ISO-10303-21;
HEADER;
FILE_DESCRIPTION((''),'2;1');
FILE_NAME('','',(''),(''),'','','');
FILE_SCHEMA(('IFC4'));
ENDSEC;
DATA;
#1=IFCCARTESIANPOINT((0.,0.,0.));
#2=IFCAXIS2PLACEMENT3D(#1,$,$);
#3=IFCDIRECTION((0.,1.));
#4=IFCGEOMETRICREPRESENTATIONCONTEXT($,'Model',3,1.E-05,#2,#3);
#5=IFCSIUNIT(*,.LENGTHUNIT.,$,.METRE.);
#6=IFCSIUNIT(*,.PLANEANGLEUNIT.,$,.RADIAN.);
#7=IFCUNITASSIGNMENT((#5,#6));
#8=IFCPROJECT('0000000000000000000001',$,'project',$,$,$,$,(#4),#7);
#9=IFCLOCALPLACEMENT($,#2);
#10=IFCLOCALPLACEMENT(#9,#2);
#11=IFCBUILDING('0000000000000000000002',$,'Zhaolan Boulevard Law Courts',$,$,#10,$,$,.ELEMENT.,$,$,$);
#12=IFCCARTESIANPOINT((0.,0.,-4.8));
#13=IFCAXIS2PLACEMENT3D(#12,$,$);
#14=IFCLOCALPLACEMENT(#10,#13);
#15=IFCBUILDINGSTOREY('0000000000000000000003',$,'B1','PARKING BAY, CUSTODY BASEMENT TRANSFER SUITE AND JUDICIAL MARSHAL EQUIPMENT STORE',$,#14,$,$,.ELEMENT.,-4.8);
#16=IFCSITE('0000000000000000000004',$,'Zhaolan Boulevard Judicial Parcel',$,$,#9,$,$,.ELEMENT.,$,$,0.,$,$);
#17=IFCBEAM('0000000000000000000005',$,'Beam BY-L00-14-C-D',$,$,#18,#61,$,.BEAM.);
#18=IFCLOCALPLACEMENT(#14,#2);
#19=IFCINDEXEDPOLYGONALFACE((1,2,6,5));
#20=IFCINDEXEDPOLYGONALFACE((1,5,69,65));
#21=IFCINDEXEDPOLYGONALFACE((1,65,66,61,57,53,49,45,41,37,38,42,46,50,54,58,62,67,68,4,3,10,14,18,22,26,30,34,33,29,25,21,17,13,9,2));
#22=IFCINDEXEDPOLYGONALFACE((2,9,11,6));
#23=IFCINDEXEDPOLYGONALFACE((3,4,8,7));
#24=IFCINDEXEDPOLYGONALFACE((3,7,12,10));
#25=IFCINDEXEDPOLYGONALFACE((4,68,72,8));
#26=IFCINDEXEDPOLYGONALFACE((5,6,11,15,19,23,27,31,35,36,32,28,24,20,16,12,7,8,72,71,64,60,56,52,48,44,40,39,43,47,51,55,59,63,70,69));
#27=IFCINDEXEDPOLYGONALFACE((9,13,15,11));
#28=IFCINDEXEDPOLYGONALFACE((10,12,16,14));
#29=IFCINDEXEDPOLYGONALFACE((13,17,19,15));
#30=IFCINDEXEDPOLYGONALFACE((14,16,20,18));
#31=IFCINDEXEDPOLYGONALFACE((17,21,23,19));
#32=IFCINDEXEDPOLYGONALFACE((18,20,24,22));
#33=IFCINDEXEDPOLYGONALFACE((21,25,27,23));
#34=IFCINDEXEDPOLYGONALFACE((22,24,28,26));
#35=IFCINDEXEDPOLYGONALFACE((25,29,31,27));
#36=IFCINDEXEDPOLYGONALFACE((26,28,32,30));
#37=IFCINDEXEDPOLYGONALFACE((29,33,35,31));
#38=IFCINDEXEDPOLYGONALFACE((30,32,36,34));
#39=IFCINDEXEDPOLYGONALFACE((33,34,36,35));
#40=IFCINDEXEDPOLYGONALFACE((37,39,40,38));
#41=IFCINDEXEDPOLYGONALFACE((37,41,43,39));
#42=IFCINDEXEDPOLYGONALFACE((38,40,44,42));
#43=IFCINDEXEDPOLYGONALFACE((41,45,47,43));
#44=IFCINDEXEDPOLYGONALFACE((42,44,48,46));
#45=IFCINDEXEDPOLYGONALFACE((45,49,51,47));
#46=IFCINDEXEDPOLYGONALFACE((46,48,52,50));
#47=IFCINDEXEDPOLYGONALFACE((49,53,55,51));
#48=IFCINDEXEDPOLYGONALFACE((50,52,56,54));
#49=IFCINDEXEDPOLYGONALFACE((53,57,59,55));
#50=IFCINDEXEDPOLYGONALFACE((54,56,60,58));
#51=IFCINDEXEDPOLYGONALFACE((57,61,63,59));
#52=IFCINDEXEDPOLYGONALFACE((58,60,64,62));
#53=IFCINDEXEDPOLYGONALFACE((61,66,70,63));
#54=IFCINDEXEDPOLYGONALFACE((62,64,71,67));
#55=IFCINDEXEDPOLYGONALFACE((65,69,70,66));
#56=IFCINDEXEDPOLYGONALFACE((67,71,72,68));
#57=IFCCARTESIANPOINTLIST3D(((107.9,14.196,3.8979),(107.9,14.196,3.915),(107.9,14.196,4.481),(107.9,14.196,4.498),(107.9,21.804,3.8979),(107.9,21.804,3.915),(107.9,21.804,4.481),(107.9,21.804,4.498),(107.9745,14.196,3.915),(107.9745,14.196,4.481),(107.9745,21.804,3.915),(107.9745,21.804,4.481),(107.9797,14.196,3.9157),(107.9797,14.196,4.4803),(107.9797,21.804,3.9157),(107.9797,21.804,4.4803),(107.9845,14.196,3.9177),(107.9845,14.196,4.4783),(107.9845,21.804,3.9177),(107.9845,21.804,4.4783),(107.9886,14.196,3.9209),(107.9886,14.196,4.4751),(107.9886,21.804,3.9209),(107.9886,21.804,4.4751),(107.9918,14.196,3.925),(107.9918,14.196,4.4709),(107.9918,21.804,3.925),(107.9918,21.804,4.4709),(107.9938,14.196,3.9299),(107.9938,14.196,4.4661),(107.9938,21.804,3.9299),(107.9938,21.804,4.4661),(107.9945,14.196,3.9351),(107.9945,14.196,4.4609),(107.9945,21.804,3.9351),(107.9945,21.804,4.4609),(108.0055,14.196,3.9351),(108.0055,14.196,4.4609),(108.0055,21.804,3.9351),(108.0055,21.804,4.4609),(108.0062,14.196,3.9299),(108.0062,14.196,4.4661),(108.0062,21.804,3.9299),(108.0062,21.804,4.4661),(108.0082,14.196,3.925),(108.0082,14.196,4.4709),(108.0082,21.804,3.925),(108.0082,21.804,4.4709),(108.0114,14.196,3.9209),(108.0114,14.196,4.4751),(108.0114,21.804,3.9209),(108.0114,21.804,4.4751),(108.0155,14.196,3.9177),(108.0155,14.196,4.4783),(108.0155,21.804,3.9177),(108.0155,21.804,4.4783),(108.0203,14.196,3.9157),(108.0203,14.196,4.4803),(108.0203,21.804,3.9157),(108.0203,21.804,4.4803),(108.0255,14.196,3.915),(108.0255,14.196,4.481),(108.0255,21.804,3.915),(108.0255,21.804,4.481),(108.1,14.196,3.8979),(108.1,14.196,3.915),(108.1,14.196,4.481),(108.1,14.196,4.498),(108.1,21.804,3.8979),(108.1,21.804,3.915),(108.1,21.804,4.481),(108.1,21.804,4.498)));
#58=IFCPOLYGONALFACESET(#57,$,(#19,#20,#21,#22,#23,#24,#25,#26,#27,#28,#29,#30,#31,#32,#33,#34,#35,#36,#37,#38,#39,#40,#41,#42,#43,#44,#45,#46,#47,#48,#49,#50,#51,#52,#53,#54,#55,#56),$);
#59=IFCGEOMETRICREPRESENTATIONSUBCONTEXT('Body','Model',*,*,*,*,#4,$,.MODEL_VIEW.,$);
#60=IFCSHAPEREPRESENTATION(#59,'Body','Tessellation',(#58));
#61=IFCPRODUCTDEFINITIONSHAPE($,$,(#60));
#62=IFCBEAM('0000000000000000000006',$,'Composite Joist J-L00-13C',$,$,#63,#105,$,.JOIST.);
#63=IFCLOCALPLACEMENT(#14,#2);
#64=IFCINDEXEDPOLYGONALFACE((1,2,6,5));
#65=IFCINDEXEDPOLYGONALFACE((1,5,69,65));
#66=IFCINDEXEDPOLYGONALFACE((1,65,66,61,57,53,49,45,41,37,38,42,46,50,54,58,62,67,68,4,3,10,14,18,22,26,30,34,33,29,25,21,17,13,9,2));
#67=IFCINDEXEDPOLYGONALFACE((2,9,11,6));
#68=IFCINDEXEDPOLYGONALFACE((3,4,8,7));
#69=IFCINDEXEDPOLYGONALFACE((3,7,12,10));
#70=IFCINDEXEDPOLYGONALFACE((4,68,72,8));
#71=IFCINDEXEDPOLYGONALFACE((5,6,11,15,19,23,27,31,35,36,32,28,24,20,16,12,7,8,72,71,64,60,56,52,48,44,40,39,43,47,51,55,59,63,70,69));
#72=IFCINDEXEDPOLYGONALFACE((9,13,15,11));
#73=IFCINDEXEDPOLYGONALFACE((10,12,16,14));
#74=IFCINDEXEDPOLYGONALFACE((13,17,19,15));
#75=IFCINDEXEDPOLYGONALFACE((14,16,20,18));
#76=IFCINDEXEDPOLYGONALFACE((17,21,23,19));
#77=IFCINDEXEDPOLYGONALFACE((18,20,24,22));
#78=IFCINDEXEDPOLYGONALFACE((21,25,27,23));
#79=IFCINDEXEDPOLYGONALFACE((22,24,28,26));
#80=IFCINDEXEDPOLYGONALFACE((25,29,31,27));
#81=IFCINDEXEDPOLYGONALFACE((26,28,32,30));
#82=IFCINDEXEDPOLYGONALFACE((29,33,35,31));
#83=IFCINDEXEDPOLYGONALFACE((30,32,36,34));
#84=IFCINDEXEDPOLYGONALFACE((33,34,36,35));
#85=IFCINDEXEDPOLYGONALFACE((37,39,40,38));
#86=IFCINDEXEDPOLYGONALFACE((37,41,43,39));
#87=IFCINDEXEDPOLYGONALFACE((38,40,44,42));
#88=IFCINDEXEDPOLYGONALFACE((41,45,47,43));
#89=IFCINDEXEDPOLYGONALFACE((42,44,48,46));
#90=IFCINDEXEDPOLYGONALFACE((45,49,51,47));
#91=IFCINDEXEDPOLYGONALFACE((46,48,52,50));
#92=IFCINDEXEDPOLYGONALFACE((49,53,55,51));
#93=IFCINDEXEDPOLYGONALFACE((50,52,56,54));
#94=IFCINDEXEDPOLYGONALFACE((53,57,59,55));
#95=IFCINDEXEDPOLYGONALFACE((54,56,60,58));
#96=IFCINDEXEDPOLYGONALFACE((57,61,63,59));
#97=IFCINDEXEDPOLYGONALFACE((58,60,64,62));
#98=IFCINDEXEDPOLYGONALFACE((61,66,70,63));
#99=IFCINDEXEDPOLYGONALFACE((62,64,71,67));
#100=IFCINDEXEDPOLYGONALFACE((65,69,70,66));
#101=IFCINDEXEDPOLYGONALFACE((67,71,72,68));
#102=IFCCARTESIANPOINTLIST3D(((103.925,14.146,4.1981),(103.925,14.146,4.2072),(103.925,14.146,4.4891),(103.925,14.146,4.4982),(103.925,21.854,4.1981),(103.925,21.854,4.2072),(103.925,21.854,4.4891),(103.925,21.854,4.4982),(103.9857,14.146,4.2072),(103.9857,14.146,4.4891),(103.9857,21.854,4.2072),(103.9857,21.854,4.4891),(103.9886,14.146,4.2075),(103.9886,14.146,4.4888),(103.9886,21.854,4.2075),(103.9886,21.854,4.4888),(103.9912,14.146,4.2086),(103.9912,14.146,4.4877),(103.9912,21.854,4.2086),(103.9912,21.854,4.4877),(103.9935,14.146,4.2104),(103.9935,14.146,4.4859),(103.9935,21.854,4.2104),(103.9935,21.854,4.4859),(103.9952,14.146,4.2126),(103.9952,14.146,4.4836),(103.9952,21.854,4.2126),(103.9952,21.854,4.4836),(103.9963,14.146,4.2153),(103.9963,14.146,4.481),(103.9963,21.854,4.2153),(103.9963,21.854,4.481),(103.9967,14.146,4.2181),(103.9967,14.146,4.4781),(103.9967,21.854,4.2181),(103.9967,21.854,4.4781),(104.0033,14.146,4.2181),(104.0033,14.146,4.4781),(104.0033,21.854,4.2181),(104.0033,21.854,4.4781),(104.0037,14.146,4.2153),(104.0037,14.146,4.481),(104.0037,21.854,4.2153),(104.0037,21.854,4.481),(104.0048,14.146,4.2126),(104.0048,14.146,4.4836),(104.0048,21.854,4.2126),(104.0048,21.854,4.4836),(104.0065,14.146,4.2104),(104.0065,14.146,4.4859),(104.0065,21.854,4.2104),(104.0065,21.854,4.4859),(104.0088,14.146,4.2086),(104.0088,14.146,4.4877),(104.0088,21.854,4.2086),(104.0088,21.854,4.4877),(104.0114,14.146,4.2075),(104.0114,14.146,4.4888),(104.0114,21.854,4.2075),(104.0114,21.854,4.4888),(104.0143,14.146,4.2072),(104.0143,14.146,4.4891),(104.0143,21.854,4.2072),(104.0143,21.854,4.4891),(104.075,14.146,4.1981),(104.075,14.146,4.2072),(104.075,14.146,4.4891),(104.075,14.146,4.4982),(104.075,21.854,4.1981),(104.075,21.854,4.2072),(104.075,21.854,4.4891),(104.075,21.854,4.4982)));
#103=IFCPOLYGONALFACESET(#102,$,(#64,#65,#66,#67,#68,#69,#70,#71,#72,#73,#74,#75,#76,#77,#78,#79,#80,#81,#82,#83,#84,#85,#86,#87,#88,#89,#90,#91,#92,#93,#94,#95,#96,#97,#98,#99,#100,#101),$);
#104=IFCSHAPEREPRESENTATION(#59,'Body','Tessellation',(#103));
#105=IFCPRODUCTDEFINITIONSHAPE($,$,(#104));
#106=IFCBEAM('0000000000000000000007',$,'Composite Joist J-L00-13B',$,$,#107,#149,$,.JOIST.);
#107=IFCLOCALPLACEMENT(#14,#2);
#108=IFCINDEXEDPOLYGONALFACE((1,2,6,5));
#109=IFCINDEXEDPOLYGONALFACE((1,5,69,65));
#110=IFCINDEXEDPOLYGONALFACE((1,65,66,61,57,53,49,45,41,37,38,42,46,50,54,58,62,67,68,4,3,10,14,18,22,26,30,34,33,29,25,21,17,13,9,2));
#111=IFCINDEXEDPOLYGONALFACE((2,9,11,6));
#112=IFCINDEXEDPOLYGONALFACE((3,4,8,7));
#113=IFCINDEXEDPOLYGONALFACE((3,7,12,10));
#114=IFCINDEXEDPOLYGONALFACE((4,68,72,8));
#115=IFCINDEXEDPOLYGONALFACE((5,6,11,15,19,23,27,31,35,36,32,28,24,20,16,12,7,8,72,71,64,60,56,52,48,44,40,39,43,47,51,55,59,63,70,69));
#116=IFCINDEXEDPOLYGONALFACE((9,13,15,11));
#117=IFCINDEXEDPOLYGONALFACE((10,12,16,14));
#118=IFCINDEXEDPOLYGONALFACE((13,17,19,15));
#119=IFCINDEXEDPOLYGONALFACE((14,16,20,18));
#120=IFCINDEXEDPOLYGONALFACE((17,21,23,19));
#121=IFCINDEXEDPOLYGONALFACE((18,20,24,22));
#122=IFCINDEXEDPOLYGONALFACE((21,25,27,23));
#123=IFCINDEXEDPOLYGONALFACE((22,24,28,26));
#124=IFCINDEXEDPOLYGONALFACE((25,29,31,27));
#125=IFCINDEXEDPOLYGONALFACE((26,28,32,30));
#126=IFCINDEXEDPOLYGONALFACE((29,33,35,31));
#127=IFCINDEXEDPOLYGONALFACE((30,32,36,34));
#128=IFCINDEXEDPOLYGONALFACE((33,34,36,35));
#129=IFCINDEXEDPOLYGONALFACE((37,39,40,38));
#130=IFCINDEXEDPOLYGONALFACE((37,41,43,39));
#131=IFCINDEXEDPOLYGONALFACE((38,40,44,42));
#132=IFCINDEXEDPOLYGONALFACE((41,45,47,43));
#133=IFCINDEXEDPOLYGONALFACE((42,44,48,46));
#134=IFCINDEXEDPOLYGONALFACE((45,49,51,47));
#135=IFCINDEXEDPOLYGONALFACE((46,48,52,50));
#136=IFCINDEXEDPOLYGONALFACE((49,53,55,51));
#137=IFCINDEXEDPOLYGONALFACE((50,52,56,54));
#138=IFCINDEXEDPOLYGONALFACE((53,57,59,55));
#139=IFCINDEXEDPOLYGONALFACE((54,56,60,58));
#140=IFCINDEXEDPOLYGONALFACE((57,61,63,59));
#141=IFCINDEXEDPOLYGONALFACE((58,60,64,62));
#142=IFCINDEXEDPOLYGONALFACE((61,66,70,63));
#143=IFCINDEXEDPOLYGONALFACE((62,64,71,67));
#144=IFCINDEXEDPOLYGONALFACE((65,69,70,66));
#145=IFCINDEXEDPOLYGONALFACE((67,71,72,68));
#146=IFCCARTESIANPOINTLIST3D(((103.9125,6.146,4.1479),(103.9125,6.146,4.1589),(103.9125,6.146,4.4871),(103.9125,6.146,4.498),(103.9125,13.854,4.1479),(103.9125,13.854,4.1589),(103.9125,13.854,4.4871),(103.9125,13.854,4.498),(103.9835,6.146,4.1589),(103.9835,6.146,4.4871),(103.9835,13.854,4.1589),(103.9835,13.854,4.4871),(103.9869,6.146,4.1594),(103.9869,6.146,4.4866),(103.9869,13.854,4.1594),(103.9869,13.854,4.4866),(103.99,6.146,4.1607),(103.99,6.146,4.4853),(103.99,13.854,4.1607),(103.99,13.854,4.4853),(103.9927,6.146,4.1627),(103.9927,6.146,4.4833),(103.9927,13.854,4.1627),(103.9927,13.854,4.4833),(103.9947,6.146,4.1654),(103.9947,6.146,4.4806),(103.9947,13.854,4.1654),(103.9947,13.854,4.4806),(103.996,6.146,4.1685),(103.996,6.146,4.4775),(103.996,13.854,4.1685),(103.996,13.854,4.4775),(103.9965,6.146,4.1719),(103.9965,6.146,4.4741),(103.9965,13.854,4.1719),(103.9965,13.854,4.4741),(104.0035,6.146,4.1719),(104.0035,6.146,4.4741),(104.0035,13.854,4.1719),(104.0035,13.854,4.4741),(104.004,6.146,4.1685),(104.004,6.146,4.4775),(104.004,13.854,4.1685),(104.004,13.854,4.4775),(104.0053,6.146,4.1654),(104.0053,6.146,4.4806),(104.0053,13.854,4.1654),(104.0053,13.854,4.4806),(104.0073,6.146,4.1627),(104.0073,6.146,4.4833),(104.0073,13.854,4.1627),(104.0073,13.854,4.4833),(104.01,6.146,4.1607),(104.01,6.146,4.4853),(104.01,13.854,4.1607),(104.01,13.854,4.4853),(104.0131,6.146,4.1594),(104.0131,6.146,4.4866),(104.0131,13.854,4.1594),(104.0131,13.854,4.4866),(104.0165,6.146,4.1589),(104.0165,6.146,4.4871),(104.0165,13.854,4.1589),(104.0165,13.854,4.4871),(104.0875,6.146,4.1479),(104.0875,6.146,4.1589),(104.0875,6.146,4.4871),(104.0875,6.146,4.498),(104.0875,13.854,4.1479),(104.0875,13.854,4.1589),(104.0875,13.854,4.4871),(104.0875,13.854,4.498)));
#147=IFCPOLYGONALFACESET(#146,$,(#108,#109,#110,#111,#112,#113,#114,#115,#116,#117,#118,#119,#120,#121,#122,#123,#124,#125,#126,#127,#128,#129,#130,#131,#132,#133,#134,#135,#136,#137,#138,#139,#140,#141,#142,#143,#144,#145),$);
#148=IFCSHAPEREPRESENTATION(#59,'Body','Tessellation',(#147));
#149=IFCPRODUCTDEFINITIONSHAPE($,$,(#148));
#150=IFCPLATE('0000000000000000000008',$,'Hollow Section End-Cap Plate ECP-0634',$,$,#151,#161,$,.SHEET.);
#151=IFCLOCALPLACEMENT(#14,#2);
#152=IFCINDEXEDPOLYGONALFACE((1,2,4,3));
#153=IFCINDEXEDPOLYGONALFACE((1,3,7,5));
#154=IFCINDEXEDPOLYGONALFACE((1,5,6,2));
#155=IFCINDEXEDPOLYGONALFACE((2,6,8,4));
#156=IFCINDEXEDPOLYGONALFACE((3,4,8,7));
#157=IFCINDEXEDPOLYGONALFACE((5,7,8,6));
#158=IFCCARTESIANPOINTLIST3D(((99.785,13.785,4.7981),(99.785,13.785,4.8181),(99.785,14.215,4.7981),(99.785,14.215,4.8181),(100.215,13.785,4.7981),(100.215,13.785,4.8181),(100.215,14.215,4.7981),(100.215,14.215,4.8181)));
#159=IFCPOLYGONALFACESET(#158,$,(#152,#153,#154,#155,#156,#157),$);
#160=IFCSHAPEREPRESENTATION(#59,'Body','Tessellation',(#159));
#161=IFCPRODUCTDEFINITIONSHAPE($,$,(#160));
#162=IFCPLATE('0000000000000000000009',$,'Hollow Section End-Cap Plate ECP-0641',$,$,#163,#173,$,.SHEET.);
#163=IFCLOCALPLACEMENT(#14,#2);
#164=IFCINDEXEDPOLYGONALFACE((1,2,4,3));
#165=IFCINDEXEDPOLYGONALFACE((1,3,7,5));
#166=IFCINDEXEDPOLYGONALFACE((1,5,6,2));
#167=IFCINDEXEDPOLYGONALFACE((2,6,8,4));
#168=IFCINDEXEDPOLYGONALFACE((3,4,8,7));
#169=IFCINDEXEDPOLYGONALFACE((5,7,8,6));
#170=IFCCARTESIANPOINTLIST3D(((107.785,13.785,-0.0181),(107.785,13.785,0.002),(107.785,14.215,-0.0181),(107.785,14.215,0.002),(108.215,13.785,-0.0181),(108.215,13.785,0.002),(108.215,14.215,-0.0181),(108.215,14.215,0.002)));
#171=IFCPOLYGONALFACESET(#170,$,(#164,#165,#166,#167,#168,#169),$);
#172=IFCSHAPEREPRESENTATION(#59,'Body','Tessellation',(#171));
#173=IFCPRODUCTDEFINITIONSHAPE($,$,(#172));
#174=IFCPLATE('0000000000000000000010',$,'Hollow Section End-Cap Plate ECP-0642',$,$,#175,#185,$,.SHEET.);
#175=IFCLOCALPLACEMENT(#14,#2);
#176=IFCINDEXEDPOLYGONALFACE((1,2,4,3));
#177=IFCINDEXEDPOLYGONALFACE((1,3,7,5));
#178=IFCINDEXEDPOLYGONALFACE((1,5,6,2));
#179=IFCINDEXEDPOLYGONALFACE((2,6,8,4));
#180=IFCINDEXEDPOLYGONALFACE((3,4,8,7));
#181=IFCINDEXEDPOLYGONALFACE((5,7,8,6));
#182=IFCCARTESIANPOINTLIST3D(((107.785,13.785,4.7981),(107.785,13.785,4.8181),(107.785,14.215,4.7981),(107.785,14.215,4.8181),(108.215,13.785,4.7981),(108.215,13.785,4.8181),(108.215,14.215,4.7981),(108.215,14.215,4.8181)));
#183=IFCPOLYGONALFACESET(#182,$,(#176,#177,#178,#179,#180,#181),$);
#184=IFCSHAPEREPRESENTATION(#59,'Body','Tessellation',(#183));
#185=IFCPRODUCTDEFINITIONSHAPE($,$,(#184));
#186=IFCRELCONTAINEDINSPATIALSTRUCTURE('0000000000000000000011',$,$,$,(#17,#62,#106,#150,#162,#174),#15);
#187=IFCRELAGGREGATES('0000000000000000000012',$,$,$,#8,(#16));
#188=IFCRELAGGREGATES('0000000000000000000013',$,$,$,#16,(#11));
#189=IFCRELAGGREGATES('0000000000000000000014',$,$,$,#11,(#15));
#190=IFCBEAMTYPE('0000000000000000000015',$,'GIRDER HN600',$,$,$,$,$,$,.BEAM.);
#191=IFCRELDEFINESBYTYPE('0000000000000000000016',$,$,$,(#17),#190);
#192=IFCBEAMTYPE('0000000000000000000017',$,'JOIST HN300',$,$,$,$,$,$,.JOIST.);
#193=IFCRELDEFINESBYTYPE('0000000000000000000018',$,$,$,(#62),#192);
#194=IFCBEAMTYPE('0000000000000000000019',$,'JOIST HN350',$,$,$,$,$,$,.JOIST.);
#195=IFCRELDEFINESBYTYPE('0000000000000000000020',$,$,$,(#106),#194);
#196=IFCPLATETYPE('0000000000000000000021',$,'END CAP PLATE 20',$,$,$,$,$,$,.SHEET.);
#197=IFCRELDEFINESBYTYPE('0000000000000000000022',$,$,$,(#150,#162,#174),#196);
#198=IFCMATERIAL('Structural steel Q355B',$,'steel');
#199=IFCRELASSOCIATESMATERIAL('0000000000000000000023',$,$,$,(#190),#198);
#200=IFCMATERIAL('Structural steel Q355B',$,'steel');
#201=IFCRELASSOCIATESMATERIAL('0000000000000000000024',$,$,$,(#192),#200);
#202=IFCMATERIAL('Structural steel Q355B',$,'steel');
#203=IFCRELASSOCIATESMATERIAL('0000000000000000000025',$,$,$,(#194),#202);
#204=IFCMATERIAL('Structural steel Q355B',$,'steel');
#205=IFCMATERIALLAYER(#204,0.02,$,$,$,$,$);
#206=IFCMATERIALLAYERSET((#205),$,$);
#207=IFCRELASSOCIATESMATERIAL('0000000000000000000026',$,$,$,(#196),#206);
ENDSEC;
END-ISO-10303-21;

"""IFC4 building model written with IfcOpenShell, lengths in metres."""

from ifc_helpers import new_model, si_unit, direction, frame, origin, origin_2d, place, context, subcontext, project, spatial, rectangle, i_section, extrude, material, layer, layer_set, material_profile, profile_set, type_object, element, save


model = new_model("IFC4")

# Units and contexts
model_context = context("Model", 3, precision=1e-05, world=origin(), true_north=direction((0.0, 1.0)))
body_context = subcontext(model_context, "Body", "Model", "MODEL_VIEW")
ifc_project = project(units=[si_unit("LENGTHUNIT", "METRE"), si_unit("PLANEANGLEUNIT", "RADIAN")], contexts=[model_context])

# Site, building, storey
site_placement = place(None, origin())
site = spatial("IfcSite", under=ifc_project, at=site_placement, Name="Zhaolan Boulevard Judicial Parcel", CompositionType="ELEMENT", RefElevation=0.0)
building_placement = place(site_placement, origin())
building = spatial("IfcBuilding", under=site, at=building_placement, Name="Zhaolan Boulevard Law Courts", CompositionType="ELEMENT")
storey_placement = place(building_placement, frame((0.0, 0.0, -4.8)))
storey = spatial("IfcBuildingStorey", under=building, at=storey_placement, Name="B1", Description="PARKING BAY, CUSTODY BASEMENT TRANSFER SUITE AND JUDICIAL MARSHAL EQUIPMENT STORE", CompositionType="ELEMENT", Elevation=-4.8)

# Beams
ifc_material_1 = material(Name="Structural steel Q355B", Category="steel")
ifc_material_profile_1 = material_profile(ifc_material_1, i_section(OverallWidth=0.2, OverallDepth=0.6001, WebThickness=0.011, FlangeThickness=0.0171, FilletRadius=0.02, at=origin_2d()), Name="HN600x200")
ifc_profile_set_1 = profile_set([ifc_material_profile_1], Name="Structural steel Q355B")
beam_type_1 = type_object("IfcBeamType", Name="GIRDER HN600", PredefinedType="BEAM", material=ifc_profile_set_1)
beam_1_placement = place(storey_placement, frame((108.0, 14.196, 4.198), z_axis=(0.0, 1.0, 0.0), x_axis=(-1.0, 0.0, 0.0)))
element("IfcBeam", 1, at=beam_1_placement, inside=storey, type_object=beam_type_1, Name="Beam BY-L00-14-C-D", PredefinedType="BEAM", context=body_context, shape_type="SweptSolid", body=[
    extrude(i_section(OverallWidth=0.2, OverallDepth=0.6001, WebThickness=0.011, FlangeThickness=0.0171, FilletRadius=0.02, at=origin_2d()), origin(), (0.0, 0.0, 1.0), 7.6079),
])
ifc_material_2 = material(Name="Structural steel Q355B", Category="steel")
ifc_material_profile_2 = material_profile(ifc_material_2, i_section(OverallWidth=0.1499, OverallDepth=0.3, WebThickness=0.0066, FlangeThickness=0.009, FilletRadius=0.011, at=origin_2d()), Name="HN300x150")
ifc_profile_set_2 = profile_set([ifc_material_profile_2], Name="Structural steel Q355B")
beam_type_2 = type_object("IfcBeamType", Name="JOIST HN300", PredefinedType="JOIST", material=ifc_profile_set_2)
beam_2_placement = place(storey_placement, frame((104.0, 14.146, 4.3481), z_axis=(0.0, 1.0, 0.0), x_axis=(-1.0, 0.0, 0.0)))
element("IfcBeam", 2, at=beam_2_placement, inside=storey, type_object=beam_type_2, Name="Composite Joist J-L00-13C", PredefinedType="JOIST", context=body_context, shape_type="SweptSolid", body=[
    extrude(i_section(OverallWidth=0.1499, OverallDepth=0.3, WebThickness=0.0066, FlangeThickness=0.009, FilletRadius=0.011, at=origin_2d()), origin(), (0.0, 0.0, 1.0), 7.708),
])
ifc_material_3 = material(Name="Structural steel Q355B", Category="steel")
ifc_material_profile_3 = material_profile(ifc_material_3, i_section(OverallWidth=0.175, OverallDepth=0.3501, WebThickness=0.0071, FlangeThickness=0.011, FilletRadius=0.0129, at=origin_2d()), Name="HN350x175")
ifc_profile_set_3 = profile_set([ifc_material_profile_3], Name="Structural steel Q355B")
beam_type_3 = type_object("IfcBeamType", Name="JOIST HN350", PredefinedType="JOIST", material=ifc_profile_set_3)
beam_3_placement = place(storey_placement, frame((104.0, 6.146, 4.323), z_axis=(0.0, 1.0, 0.0), x_axis=(-1.0, 0.0, 0.0)))
element("IfcBeam", 3, at=beam_3_placement, inside=storey, type_object=beam_type_3, Name="Composite Joist J-L00-13B", PredefinedType="JOIST", context=body_context, shape_type="SweptSolid", body=[
    extrude(i_section(OverallWidth=0.175, OverallDepth=0.3501, WebThickness=0.0071, FlangeThickness=0.011, FilletRadius=0.0129, at=origin_2d()), origin(), (0.0, 0.0, 1.0), 7.708),
])

# Plates
ifc_material_4 = material(Name="Structural steel Q355B", Category="steel")
ifc_layer_1 = layer(ifc_material_4, 0.02)
ifc_layer_set_1 = layer_set([ifc_layer_1])
plate_type = type_object("IfcPlateType", Name="END CAP PLATE 20", PredefinedType="SHEET", material=ifc_layer_set_1)
for number, where, z_axis, x_axis, name in (
    (4, (100.0, 14.0, 4.7981), (0.0, 0.0, 1.0), (1.0, 0.0, 0.0), "Hollow Section End-Cap Plate ECP-0634"),
    (5, (108.0, 14.0, -0.0181), (0.0, 0.0, 1.0), (1.0, 0.0, 0.0), "Hollow Section End-Cap Plate ECP-0641"),
    (6, (108.0, 14.0, 4.7981), (0.0, 0.0, 1.0), (1.0, 0.0, 0.0), "Hollow Section End-Cap Plate ECP-0642"),
):
    element("IfcPlate", number, at=place(storey_placement, frame(where, z_axis=z_axis, x_axis=x_axis)), inside=storey, type_object=plate_type, Name=name, PredefinedType="SHEET", context=body_context, shape_type="SweptSolid", body=[
        extrude(rectangle(XDim=0.4299, YDim=0.4299, at=origin_2d()), origin(), (0.0, 0.0, 1.0), 0.02),
    ])

save(model, "model.ifc")
